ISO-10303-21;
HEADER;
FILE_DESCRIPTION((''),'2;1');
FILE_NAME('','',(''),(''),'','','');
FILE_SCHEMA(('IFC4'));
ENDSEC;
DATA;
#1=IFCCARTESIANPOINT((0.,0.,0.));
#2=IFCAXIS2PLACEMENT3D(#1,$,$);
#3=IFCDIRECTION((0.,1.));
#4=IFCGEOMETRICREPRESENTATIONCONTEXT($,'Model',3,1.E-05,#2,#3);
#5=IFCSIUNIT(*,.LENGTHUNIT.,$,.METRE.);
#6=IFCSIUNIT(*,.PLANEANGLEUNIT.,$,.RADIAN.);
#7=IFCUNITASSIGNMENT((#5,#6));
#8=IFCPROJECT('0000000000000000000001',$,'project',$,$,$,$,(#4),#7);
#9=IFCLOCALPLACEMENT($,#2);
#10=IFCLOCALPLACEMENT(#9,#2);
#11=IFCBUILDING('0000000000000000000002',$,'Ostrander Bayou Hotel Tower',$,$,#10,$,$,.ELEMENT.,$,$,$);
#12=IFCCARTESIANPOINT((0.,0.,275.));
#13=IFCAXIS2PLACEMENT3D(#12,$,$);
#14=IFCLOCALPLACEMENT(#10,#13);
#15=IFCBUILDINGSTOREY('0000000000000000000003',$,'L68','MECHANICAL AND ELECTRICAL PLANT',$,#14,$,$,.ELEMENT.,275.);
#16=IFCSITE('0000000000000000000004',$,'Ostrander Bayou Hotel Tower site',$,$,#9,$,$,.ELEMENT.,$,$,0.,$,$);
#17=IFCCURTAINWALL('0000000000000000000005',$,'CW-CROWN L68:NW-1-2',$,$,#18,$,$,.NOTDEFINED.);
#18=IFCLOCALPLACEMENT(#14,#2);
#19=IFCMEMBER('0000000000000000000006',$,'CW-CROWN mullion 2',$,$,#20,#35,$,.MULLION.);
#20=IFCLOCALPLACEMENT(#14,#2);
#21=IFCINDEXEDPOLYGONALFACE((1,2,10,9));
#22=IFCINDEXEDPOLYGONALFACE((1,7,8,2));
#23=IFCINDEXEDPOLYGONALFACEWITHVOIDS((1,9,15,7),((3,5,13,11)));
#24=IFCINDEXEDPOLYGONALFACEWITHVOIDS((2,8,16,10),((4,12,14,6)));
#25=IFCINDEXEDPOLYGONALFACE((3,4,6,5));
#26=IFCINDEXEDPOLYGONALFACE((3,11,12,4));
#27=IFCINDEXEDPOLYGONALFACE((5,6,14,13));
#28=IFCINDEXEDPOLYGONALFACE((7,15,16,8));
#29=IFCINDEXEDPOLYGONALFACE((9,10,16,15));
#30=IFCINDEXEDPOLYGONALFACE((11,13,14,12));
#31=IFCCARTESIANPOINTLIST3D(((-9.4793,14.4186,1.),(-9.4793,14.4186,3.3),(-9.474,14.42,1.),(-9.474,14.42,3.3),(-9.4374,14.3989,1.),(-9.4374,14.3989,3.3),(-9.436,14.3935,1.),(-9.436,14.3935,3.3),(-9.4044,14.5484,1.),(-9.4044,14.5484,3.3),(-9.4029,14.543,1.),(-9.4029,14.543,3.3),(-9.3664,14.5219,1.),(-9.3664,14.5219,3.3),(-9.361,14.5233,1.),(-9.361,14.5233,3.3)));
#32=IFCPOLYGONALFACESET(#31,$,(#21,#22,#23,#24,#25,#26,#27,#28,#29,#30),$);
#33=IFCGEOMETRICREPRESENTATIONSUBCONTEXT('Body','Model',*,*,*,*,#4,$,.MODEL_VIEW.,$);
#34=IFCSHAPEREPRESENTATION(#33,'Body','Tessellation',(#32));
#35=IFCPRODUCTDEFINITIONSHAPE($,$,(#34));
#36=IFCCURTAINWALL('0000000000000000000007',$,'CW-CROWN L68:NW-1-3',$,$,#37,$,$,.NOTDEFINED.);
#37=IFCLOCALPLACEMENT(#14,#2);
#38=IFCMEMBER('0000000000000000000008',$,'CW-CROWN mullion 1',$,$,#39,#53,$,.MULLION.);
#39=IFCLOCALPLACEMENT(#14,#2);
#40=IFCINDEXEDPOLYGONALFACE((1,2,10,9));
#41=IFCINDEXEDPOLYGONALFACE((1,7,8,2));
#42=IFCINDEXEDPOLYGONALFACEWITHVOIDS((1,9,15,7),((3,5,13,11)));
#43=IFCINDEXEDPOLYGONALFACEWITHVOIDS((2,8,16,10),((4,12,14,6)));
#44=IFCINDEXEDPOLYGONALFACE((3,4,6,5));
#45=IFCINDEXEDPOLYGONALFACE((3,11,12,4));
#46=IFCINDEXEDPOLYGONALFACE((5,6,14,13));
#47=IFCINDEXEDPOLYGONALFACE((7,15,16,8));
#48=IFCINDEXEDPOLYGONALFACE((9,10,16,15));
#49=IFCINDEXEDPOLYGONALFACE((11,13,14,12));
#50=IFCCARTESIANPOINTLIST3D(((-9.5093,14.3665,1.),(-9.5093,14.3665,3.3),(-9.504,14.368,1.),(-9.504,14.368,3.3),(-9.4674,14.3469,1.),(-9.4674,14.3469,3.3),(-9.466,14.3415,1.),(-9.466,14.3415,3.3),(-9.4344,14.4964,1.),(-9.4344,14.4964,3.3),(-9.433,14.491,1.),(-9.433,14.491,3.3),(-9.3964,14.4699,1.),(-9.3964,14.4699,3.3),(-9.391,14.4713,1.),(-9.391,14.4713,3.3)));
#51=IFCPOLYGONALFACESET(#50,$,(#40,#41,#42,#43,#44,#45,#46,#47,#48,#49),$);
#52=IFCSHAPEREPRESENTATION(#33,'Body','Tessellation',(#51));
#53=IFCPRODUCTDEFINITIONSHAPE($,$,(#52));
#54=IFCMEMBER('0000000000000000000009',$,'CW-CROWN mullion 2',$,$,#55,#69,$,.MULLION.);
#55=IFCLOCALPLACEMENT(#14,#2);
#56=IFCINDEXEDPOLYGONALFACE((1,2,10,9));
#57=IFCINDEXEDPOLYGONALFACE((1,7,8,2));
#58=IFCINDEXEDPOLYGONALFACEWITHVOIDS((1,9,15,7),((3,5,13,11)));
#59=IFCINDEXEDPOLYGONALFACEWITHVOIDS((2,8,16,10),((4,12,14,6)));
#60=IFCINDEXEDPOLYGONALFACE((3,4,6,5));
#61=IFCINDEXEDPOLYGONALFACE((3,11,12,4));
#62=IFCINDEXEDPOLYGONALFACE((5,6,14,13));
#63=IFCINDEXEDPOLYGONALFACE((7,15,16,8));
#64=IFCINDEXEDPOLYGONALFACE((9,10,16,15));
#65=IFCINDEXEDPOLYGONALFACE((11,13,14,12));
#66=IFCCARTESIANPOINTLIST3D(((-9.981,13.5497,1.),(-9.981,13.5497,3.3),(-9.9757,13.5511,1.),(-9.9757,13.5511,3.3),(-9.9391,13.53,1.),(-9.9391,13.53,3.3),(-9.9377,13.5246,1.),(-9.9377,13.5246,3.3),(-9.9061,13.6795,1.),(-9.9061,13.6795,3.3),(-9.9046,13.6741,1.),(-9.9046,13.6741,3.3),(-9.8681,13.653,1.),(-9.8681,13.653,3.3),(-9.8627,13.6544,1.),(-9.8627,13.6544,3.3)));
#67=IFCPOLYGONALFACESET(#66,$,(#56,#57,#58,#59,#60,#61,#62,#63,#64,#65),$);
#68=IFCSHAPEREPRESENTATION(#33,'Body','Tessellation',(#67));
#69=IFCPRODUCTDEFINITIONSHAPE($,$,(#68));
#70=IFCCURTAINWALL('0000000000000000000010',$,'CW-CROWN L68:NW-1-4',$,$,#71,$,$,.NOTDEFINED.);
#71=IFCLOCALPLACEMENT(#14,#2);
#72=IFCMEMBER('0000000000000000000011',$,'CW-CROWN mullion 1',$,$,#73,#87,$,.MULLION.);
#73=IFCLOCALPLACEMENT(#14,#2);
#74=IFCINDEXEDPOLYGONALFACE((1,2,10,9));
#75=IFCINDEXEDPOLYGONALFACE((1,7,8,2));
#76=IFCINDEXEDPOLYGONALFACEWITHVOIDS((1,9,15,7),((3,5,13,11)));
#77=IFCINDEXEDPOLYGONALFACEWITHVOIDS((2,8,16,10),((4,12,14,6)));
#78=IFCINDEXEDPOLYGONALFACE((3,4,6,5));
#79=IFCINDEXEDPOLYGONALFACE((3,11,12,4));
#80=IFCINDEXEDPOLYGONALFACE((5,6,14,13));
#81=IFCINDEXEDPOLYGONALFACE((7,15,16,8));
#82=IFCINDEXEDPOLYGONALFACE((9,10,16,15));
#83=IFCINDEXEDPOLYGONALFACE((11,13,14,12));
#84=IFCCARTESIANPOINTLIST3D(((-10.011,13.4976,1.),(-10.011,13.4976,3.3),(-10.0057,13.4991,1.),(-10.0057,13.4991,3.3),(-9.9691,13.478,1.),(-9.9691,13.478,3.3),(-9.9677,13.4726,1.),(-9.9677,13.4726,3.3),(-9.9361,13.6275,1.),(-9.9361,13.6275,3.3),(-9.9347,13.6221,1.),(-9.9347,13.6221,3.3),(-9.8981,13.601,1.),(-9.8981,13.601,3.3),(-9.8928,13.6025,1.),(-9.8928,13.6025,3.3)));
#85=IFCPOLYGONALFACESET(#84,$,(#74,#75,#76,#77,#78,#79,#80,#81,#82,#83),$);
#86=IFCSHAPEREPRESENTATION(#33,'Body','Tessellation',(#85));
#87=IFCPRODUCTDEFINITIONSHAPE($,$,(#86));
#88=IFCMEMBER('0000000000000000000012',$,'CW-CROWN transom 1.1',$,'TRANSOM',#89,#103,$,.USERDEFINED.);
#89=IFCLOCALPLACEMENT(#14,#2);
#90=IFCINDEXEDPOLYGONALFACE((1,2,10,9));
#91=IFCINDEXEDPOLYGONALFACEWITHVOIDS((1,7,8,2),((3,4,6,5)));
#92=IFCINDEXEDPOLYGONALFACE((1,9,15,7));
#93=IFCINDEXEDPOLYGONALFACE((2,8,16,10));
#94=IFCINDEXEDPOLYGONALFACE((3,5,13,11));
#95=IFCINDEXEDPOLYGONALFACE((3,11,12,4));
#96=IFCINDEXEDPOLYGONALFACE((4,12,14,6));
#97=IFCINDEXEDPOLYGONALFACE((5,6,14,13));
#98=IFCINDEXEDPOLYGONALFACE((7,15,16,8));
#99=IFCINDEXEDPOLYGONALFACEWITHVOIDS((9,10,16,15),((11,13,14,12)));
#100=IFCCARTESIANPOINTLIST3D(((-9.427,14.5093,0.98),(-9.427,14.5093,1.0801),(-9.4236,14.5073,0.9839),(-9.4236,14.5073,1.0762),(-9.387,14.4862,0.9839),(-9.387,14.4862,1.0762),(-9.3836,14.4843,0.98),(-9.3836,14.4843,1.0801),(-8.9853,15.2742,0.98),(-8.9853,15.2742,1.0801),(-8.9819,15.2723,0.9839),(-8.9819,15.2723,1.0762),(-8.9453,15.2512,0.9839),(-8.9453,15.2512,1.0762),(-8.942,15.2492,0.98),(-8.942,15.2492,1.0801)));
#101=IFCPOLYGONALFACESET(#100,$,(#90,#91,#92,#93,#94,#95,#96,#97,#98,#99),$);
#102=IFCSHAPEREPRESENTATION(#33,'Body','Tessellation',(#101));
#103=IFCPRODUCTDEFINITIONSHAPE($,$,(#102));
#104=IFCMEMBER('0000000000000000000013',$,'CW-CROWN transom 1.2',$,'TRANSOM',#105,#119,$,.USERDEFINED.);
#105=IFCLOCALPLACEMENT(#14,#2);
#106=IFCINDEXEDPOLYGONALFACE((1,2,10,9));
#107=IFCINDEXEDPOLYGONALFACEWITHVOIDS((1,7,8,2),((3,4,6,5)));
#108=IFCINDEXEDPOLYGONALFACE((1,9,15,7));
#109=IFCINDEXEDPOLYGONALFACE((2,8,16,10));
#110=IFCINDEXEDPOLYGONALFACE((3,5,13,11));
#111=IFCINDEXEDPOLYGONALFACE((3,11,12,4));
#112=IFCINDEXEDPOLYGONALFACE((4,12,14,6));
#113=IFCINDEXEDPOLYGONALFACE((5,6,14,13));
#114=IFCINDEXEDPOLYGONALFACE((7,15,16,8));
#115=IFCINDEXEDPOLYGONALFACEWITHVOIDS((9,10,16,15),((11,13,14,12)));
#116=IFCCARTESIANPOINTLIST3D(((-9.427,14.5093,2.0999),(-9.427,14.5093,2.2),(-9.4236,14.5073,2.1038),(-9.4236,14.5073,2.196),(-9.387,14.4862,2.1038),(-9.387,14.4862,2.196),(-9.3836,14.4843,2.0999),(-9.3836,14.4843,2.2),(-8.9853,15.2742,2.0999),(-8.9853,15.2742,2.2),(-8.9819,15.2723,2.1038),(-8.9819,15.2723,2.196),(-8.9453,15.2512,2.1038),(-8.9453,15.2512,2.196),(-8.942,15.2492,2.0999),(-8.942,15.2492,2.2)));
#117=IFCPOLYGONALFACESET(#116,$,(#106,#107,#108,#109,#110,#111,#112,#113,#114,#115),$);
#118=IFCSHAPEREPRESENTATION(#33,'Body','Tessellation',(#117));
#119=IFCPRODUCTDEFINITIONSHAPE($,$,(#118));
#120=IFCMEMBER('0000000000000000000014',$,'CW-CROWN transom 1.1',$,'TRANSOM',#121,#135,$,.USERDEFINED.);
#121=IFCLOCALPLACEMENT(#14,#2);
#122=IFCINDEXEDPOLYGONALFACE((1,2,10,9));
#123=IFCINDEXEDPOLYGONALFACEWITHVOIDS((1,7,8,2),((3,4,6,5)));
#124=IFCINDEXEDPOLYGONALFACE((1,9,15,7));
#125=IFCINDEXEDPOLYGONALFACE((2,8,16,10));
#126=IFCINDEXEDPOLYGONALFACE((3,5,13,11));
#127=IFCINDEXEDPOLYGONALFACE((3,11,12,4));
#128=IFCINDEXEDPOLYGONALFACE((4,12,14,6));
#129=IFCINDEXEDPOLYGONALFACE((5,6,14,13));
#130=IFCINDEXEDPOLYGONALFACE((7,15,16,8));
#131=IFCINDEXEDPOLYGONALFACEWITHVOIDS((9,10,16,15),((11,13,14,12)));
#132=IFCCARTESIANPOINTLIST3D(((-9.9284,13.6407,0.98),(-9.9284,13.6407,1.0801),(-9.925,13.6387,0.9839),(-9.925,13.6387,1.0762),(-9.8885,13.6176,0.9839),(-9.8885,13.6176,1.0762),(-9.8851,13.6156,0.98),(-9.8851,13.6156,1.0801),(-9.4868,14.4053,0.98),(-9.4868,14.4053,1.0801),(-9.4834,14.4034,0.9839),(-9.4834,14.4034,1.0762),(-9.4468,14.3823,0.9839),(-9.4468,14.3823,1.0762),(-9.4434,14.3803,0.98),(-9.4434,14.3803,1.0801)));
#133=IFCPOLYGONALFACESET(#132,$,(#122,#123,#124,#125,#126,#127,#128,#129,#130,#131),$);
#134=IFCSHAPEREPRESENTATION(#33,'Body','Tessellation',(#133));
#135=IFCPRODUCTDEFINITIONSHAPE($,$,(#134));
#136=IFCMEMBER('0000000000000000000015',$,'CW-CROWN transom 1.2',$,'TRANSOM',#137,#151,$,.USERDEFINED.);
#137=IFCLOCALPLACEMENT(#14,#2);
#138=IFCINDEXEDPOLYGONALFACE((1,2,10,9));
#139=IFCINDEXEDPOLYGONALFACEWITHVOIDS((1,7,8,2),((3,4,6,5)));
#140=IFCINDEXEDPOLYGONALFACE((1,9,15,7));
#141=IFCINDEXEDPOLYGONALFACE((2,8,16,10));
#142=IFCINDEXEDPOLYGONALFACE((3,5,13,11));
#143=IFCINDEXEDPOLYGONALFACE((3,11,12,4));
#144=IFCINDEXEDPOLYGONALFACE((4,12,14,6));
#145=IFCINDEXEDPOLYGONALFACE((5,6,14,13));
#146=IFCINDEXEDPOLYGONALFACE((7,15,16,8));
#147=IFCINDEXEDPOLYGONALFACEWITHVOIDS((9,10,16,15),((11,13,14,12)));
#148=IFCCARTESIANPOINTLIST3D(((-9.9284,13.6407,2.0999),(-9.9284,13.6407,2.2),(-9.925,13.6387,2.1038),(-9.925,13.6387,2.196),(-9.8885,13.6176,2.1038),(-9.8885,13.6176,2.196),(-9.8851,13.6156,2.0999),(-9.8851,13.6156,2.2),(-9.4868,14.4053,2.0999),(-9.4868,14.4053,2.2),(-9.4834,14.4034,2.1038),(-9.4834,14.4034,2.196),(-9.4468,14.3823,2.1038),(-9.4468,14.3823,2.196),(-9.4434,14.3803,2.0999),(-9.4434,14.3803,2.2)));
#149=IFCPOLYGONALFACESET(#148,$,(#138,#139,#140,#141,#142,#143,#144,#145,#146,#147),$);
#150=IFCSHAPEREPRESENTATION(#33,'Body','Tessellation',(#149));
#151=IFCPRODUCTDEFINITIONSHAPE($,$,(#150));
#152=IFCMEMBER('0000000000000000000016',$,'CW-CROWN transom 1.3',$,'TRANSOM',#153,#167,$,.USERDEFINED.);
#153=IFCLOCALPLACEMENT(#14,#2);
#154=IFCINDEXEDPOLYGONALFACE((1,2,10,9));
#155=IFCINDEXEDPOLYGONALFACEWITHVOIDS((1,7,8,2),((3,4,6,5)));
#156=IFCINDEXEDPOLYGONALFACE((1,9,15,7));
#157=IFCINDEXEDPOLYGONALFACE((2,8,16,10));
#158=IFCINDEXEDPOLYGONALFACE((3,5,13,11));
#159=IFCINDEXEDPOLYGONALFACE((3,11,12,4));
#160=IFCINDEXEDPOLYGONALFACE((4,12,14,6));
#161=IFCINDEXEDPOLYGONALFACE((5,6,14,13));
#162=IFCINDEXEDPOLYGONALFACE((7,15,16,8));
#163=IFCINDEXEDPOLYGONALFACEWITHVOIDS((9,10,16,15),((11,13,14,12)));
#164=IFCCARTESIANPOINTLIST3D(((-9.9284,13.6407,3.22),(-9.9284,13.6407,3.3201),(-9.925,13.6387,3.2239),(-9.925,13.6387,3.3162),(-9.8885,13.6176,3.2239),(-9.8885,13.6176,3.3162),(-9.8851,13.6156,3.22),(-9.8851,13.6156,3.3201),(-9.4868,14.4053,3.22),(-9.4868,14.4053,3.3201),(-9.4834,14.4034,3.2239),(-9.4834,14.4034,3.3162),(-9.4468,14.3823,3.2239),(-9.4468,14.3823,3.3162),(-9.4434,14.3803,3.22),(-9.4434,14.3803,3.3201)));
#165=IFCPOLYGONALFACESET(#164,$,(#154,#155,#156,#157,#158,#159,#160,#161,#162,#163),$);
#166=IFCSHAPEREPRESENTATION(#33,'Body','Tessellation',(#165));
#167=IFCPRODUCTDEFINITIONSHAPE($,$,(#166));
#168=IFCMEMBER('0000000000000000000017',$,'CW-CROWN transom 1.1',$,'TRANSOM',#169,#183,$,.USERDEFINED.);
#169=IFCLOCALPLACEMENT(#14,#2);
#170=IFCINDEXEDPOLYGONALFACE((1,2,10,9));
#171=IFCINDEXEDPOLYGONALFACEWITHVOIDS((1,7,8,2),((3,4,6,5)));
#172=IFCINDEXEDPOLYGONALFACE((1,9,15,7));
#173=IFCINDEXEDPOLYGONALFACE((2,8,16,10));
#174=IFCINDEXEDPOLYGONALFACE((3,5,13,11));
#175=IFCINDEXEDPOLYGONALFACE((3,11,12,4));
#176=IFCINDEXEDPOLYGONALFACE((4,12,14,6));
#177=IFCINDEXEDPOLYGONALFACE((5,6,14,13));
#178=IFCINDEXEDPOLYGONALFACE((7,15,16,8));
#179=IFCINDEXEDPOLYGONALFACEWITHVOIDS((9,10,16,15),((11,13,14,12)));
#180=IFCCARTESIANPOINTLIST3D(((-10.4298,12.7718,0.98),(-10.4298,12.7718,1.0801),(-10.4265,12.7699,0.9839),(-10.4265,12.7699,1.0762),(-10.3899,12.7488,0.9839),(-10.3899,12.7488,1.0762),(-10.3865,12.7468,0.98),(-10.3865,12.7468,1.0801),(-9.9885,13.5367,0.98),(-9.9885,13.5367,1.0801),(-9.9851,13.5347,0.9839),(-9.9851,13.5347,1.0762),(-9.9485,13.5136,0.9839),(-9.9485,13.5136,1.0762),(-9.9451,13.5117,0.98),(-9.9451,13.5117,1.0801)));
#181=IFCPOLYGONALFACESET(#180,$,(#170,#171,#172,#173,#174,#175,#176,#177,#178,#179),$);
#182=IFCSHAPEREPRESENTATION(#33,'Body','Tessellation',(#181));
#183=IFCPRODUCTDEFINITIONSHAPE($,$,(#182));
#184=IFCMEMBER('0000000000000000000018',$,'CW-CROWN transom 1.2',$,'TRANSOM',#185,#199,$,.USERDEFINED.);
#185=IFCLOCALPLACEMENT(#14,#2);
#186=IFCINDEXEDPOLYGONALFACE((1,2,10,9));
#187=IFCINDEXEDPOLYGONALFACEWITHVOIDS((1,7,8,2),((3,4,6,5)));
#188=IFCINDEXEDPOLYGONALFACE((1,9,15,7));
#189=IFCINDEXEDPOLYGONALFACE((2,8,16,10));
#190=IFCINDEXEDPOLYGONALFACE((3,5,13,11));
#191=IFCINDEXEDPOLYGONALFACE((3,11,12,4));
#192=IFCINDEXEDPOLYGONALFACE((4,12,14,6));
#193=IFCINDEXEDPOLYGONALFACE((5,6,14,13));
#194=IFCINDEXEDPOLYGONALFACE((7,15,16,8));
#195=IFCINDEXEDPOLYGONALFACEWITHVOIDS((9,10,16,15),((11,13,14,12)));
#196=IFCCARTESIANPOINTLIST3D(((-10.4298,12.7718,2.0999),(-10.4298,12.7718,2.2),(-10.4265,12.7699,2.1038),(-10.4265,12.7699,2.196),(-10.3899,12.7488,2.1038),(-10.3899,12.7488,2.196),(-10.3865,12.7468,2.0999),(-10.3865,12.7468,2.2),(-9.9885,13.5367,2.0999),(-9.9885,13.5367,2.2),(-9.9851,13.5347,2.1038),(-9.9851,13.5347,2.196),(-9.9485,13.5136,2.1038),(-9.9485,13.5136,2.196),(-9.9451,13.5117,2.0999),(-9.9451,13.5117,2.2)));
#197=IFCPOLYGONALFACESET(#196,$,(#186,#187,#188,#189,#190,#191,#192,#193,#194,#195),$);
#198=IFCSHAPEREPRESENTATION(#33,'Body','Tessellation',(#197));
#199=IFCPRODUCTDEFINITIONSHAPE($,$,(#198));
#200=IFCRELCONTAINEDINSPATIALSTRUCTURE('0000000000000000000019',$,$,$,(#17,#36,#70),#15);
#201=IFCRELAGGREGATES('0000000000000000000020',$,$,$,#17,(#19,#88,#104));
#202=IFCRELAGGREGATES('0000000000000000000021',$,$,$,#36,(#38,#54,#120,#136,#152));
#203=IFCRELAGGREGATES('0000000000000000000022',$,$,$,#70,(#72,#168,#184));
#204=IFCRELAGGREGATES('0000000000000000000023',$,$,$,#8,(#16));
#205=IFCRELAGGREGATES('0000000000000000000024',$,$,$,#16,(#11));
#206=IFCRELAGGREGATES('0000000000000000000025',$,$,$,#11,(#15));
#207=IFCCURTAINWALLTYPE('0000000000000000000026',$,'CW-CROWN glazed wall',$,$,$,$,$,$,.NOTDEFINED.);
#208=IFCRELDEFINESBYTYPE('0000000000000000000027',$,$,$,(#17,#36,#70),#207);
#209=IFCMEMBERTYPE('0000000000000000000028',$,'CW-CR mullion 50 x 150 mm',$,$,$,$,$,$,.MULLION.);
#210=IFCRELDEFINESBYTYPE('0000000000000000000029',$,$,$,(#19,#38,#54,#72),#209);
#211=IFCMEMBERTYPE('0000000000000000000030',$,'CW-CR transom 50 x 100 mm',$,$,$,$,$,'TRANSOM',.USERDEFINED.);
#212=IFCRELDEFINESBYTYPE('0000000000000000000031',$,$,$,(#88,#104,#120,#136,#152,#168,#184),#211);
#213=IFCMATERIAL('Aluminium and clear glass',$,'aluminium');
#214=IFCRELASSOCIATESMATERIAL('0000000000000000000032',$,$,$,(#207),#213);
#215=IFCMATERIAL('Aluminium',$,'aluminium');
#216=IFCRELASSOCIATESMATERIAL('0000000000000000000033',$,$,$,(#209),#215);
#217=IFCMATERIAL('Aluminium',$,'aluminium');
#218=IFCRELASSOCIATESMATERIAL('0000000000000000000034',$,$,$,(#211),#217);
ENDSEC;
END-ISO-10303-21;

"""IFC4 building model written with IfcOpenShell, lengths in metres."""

from ifc_helpers import new_model, si_unit, direction, frame, origin, origin_2d, place, context, subcontext, project, spatial, hollow_rectangle, extrude, material, material_profile, profile_set, type_object, element, aggregate, save


model = new_model("IFC4")

# Units and contexts
model_context = context("Model", 3, precision=1e-05, world=origin(), true_north=direction((0.0, 1.0)))
body_context = subcontext(model_context, "Body", "Model", "MODEL_VIEW")
ifc_project = project(units=[si_unit("LENGTHUNIT", "METRE"), si_unit("PLANEANGLEUNIT", "RADIAN")], contexts=[model_context])

# Site, building, storey
site_placement = place(None, origin())
site = spatial("IfcSite", under=ifc_project, at=site_placement, Name="Ostrander Bayou Hotel Tower site", CompositionType="ELEMENT", RefElevation=0.0)
building_placement = place(site_placement, origin())
building = spatial("IfcBuilding", under=site, at=building_placement, Name="Ostrander Bayou Hotel Tower", CompositionType="ELEMENT")
storey_placement = place(building_placement, frame((0.0, 0.0, 275.0)))
storey = spatial("IfcBuildingStorey", under=building, at=storey_placement, Name="L68", Description="MECHANICAL AND ELECTRICAL PLANT", CompositionType="ELEMENT", Elevation=275.0)

# Curtain wall, member
ifc_material_1 = material(Name="Aluminium and clear glass", Category="aluminium")
curtain_wall_type = type_object("IfcCurtainWallType", Name="CW-CROWN glazed wall", PredefinedType="NOTDEFINED", material=ifc_material_1)
curtain_wall_1_placement = place(storey_placement, origin())
curtain_wall_1 = element("IfcCurtainWall", 1, at=curtain_wall_1_placement, inside=storey, type_object=curtain_wall_type, Name="CW-CROWN L68:NW-1-2", PredefinedType="NOTDEFINED")
ifc_material_2 = material(Name="Aluminium", Category="aluminium")
ifc_material_profile_1 = material_profile(ifc_material_2, hollow_rectangle(XDim=0.05, YDim=0.1499, WallThickness=0.0039, at=origin_2d()))
ifc_profile_set_1 = profile_set([ifc_material_profile_1], Name="Aluminium")
member_type_1 = type_object("IfcMemberType", Name="CW-CR mullion 50 x 150 mm", PredefinedType="MULLION", material=ifc_profile_set_1)
member_1_placement = place(storey_placement, frame((-9.4202, 14.4709, 1.0), z_axis=(0.0, 0.0, 1.0), x_axis=(0.866001, -0.500042, 0.0)))
member_1 = element("IfcMember", 2, at=member_1_placement, type_object=member_type_1, Name="CW-CROWN mullion 2", PredefinedType="MULLION", context=body_context, shape_type="SweptSolid", body=[
    extrude(hollow_rectangle(XDim=0.05, YDim=0.1499, WallThickness=0.0039, at=origin_2d()), origin(), (0.0, 0.0, 1.0), 2.3),
])

# Curtain wall, members
curtain_wall_2_placement = place(storey_placement, origin())
curtain_wall_2 = element("IfcCurtainWall", 3, at=curtain_wall_2_placement, inside=storey, type_object=curtain_wall_type, Name="CW-CROWN L68:NW-1-3", PredefinedType="NOTDEFINED")
member_2_placement = place(storey_placement, frame((-9.4502, 14.4189, 1.0), z_axis=(0.0, 0.0, 1.0), x_axis=(0.866026, -0.499999, 0.0)))
member_2 = element("IfcMember", 4, at=member_2_placement, type_object=member_type_1, Name="CW-CROWN mullion 1", PredefinedType="MULLION", context=body_context, shape_type="SweptSolid", body=[
    extrude(hollow_rectangle(XDim=0.05, YDim=0.1499, WallThickness=0.0039, at=origin_2d()), origin(), (0.0, 0.0, 1.0), 2.3),
])
member_3_placement = place(storey_placement, frame((-9.9219, 13.6021, 1.0), z_axis=(0.0, 0.0, 1.0), x_axis=(0.866026, -0.499999, 0.0)))
member_3 = element("IfcMember", 5, at=member_3_placement, type_object=member_type_1, Name="CW-CROWN mullion 2", PredefinedType="MULLION", context=body_context, shape_type="SweptSolid", body=[
    extrude(hollow_rectangle(XDim=0.05, YDim=0.1499, WallThickness=0.0039, at=origin_2d()), origin(), (0.0, 0.0, 1.0), 2.3),
])

# Curtain wall, member
curtain_wall_3_placement = place(storey_placement, origin())
curtain_wall_3 = element("IfcCurtainWall", 6, at=curtain_wall_3_placement, inside=storey, type_object=curtain_wall_type, Name="CW-CROWN L68:NW-1-4", PredefinedType="NOTDEFINED")
member_4_placement = place(storey_placement, frame((-9.9519, 13.55, 1.0), z_axis=(0.0, 0.0, 1.0), x_axis=(0.866069, -0.499924, 0.0)))
member_4 = element("IfcMember", 7, at=member_4_placement, type_object=member_type_1, Name="CW-CROWN mullion 1", PredefinedType="MULLION", context=body_context, shape_type="SweptSolid", body=[
    extrude(hollow_rectangle(XDim=0.05, YDim=0.1499, WallThickness=0.0039, at=origin_2d()), origin(), (0.0, 0.0, 1.0), 2.3),
])

# Members
ifc_material_3 = material(Name="Aluminium", Category="aluminium")
ifc_material_profile_2 = material_profile(ifc_material_3, hollow_rectangle(XDim=0.05, YDim=0.1001, WallThickness=0.0039, at=origin_2d()))
ifc_profile_set_2 = profile_set([ifc_material_profile_2], Name="Aluminium")
member_type_2 = type_object("IfcMemberType", Name="CW-CR transom 50 x 100 mm", ElementType="TRANSOM", PredefinedType="USERDEFINED", material=ifc_profile_set_2)
member_5_placement = place(storey_placement, frame((-8.9636, 15.2617, 1.03), z_axis=(-0.500034, -0.866006, 0.0), x_axis=(0.866006, -0.500034, 0.0)))
member_5 = element("IfcMember", 8, at=member_5_placement, type_object=member_type_2, Name="CW-CROWN transom 1.1", ObjectType="TRANSOM", PredefinedType="USERDEFINED", context=body_context, shape_type="SweptSolid", body=[
    extrude(hollow_rectangle(XDim=0.05, YDim=0.1001, WallThickness=0.0039, at=origin_2d()), origin(), (0.0, 0.0, 1.0), 0.8833),
])
member_6_placement = place(storey_placement, frame((-8.9636, 15.2617, 2.1499), z_axis=(-0.500034, -0.866006, 0.0), x_axis=(0.866006, -0.500034, 0.0)))
member_6 = element("IfcMember", 9, at=member_6_placement, type_object=member_type_2, Name="CW-CROWN transom 1.2", ObjectType="TRANSOM", PredefinedType="USERDEFINED", context=body_context, shape_type="SweptSolid", body=[
    extrude(hollow_rectangle(XDim=0.05, YDim=0.1001, WallThickness=0.0039, at=origin_2d()), origin(), (0.0, 0.0, 1.0), 0.8833),
])
member_7_placement = place(storey_placement, frame((-9.4651, 14.3928, 1.03), z_axis=(-0.500153, -0.865937, 0.0), x_axis=(0.865937, -0.500153, 0.0)))
member_7 = element("IfcMember", 10, at=member_7_placement, type_object=member_type_2, Name="CW-CROWN transom 1.1", ObjectType="TRANSOM", PredefinedType="USERDEFINED", context=body_context, shape_type="SweptSolid", body=[
    extrude(hollow_rectangle(XDim=0.05, YDim=0.1001, WallThickness=0.0039, at=origin_2d()), origin(), (0.0, 0.0, 1.0), 0.8831),
])
member_8_placement = place(storey_placement, frame((-9.4651, 14.3928, 2.1499), z_axis=(-0.500153, -0.865937, 0.0), x_axis=(0.865937, -0.500153, 0.0)))
member_8 = element("IfcMember", 11, at=member_8_placement, type_object=member_type_2, Name="CW-CROWN transom 1.2", ObjectType="TRANSOM", PredefinedType="USERDEFINED", context=body_context, shape_type="SweptSolid", body=[
    extrude(hollow_rectangle(XDim=0.05, YDim=0.1001, WallThickness=0.0039, at=origin_2d()), origin(), (0.0, 0.0, 1.0), 0.8831),
])
member_9_placement = place(storey_placement, frame((-9.4651, 14.3928, 3.27), z_axis=(-0.500153, -0.865937, 0.0), x_axis=(0.865937, -0.500153, 0.0)))
member_9 = element("IfcMember", 12, at=member_9_placement, type_object=member_type_2, Name="CW-CROWN transom 1.3", ObjectType="TRANSOM", PredefinedType="USERDEFINED", context=body_context, shape_type="SweptSolid", body=[
    extrude(hollow_rectangle(XDim=0.05, YDim=0.1001, WallThickness=0.0039, at=origin_2d()), origin(), (0.0, 0.0, 1.0), 0.8831),
])
member_10_placement = place(storey_placement, frame((-9.9668, 13.5242, 1.03), z_axis=(-0.499826, -0.866126, 0.0), x_axis=(0.866126, -0.499826, 0.0)))
member_10 = element("IfcMember", 13, at=member_10_placement, type_object=member_type_2, Name="CW-CROWN transom 1.1", ObjectType="TRANSOM", PredefinedType="USERDEFINED", context=body_context, shape_type="SweptSolid", body=[
    extrude(hollow_rectangle(XDim=0.05, YDim=0.1001, WallThickness=0.0039, at=origin_2d()), origin(), (0.0, 0.0, 1.0), 0.8831),
])
member_11_placement = place(storey_placement, frame((-9.9668, 13.5242, 2.1499), z_axis=(-0.499826, -0.866126, 0.0), x_axis=(0.866126, -0.499826, 0.0)))
member_11 = element("IfcMember", 14, at=member_11_placement, type_object=member_type_2, Name="CW-CROWN transom 1.2", ObjectType="TRANSOM", PredefinedType="USERDEFINED", context=body_context, shape_type="SweptSolid", body=[
    extrude(hollow_rectangle(XDim=0.05, YDim=0.1001, WallThickness=0.0039, at=origin_2d()), origin(), (0.0, 0.0, 1.0), 0.8831),
])

aggregate(curtain_wall_1, [member_1, member_5, member_6])
aggregate(curtain_wall_2, [member_2, member_3, member_7, member_8, member_9])
aggregate(curtain_wall_3, [member_4, member_10, member_11])

save(model, "model.ifc")
